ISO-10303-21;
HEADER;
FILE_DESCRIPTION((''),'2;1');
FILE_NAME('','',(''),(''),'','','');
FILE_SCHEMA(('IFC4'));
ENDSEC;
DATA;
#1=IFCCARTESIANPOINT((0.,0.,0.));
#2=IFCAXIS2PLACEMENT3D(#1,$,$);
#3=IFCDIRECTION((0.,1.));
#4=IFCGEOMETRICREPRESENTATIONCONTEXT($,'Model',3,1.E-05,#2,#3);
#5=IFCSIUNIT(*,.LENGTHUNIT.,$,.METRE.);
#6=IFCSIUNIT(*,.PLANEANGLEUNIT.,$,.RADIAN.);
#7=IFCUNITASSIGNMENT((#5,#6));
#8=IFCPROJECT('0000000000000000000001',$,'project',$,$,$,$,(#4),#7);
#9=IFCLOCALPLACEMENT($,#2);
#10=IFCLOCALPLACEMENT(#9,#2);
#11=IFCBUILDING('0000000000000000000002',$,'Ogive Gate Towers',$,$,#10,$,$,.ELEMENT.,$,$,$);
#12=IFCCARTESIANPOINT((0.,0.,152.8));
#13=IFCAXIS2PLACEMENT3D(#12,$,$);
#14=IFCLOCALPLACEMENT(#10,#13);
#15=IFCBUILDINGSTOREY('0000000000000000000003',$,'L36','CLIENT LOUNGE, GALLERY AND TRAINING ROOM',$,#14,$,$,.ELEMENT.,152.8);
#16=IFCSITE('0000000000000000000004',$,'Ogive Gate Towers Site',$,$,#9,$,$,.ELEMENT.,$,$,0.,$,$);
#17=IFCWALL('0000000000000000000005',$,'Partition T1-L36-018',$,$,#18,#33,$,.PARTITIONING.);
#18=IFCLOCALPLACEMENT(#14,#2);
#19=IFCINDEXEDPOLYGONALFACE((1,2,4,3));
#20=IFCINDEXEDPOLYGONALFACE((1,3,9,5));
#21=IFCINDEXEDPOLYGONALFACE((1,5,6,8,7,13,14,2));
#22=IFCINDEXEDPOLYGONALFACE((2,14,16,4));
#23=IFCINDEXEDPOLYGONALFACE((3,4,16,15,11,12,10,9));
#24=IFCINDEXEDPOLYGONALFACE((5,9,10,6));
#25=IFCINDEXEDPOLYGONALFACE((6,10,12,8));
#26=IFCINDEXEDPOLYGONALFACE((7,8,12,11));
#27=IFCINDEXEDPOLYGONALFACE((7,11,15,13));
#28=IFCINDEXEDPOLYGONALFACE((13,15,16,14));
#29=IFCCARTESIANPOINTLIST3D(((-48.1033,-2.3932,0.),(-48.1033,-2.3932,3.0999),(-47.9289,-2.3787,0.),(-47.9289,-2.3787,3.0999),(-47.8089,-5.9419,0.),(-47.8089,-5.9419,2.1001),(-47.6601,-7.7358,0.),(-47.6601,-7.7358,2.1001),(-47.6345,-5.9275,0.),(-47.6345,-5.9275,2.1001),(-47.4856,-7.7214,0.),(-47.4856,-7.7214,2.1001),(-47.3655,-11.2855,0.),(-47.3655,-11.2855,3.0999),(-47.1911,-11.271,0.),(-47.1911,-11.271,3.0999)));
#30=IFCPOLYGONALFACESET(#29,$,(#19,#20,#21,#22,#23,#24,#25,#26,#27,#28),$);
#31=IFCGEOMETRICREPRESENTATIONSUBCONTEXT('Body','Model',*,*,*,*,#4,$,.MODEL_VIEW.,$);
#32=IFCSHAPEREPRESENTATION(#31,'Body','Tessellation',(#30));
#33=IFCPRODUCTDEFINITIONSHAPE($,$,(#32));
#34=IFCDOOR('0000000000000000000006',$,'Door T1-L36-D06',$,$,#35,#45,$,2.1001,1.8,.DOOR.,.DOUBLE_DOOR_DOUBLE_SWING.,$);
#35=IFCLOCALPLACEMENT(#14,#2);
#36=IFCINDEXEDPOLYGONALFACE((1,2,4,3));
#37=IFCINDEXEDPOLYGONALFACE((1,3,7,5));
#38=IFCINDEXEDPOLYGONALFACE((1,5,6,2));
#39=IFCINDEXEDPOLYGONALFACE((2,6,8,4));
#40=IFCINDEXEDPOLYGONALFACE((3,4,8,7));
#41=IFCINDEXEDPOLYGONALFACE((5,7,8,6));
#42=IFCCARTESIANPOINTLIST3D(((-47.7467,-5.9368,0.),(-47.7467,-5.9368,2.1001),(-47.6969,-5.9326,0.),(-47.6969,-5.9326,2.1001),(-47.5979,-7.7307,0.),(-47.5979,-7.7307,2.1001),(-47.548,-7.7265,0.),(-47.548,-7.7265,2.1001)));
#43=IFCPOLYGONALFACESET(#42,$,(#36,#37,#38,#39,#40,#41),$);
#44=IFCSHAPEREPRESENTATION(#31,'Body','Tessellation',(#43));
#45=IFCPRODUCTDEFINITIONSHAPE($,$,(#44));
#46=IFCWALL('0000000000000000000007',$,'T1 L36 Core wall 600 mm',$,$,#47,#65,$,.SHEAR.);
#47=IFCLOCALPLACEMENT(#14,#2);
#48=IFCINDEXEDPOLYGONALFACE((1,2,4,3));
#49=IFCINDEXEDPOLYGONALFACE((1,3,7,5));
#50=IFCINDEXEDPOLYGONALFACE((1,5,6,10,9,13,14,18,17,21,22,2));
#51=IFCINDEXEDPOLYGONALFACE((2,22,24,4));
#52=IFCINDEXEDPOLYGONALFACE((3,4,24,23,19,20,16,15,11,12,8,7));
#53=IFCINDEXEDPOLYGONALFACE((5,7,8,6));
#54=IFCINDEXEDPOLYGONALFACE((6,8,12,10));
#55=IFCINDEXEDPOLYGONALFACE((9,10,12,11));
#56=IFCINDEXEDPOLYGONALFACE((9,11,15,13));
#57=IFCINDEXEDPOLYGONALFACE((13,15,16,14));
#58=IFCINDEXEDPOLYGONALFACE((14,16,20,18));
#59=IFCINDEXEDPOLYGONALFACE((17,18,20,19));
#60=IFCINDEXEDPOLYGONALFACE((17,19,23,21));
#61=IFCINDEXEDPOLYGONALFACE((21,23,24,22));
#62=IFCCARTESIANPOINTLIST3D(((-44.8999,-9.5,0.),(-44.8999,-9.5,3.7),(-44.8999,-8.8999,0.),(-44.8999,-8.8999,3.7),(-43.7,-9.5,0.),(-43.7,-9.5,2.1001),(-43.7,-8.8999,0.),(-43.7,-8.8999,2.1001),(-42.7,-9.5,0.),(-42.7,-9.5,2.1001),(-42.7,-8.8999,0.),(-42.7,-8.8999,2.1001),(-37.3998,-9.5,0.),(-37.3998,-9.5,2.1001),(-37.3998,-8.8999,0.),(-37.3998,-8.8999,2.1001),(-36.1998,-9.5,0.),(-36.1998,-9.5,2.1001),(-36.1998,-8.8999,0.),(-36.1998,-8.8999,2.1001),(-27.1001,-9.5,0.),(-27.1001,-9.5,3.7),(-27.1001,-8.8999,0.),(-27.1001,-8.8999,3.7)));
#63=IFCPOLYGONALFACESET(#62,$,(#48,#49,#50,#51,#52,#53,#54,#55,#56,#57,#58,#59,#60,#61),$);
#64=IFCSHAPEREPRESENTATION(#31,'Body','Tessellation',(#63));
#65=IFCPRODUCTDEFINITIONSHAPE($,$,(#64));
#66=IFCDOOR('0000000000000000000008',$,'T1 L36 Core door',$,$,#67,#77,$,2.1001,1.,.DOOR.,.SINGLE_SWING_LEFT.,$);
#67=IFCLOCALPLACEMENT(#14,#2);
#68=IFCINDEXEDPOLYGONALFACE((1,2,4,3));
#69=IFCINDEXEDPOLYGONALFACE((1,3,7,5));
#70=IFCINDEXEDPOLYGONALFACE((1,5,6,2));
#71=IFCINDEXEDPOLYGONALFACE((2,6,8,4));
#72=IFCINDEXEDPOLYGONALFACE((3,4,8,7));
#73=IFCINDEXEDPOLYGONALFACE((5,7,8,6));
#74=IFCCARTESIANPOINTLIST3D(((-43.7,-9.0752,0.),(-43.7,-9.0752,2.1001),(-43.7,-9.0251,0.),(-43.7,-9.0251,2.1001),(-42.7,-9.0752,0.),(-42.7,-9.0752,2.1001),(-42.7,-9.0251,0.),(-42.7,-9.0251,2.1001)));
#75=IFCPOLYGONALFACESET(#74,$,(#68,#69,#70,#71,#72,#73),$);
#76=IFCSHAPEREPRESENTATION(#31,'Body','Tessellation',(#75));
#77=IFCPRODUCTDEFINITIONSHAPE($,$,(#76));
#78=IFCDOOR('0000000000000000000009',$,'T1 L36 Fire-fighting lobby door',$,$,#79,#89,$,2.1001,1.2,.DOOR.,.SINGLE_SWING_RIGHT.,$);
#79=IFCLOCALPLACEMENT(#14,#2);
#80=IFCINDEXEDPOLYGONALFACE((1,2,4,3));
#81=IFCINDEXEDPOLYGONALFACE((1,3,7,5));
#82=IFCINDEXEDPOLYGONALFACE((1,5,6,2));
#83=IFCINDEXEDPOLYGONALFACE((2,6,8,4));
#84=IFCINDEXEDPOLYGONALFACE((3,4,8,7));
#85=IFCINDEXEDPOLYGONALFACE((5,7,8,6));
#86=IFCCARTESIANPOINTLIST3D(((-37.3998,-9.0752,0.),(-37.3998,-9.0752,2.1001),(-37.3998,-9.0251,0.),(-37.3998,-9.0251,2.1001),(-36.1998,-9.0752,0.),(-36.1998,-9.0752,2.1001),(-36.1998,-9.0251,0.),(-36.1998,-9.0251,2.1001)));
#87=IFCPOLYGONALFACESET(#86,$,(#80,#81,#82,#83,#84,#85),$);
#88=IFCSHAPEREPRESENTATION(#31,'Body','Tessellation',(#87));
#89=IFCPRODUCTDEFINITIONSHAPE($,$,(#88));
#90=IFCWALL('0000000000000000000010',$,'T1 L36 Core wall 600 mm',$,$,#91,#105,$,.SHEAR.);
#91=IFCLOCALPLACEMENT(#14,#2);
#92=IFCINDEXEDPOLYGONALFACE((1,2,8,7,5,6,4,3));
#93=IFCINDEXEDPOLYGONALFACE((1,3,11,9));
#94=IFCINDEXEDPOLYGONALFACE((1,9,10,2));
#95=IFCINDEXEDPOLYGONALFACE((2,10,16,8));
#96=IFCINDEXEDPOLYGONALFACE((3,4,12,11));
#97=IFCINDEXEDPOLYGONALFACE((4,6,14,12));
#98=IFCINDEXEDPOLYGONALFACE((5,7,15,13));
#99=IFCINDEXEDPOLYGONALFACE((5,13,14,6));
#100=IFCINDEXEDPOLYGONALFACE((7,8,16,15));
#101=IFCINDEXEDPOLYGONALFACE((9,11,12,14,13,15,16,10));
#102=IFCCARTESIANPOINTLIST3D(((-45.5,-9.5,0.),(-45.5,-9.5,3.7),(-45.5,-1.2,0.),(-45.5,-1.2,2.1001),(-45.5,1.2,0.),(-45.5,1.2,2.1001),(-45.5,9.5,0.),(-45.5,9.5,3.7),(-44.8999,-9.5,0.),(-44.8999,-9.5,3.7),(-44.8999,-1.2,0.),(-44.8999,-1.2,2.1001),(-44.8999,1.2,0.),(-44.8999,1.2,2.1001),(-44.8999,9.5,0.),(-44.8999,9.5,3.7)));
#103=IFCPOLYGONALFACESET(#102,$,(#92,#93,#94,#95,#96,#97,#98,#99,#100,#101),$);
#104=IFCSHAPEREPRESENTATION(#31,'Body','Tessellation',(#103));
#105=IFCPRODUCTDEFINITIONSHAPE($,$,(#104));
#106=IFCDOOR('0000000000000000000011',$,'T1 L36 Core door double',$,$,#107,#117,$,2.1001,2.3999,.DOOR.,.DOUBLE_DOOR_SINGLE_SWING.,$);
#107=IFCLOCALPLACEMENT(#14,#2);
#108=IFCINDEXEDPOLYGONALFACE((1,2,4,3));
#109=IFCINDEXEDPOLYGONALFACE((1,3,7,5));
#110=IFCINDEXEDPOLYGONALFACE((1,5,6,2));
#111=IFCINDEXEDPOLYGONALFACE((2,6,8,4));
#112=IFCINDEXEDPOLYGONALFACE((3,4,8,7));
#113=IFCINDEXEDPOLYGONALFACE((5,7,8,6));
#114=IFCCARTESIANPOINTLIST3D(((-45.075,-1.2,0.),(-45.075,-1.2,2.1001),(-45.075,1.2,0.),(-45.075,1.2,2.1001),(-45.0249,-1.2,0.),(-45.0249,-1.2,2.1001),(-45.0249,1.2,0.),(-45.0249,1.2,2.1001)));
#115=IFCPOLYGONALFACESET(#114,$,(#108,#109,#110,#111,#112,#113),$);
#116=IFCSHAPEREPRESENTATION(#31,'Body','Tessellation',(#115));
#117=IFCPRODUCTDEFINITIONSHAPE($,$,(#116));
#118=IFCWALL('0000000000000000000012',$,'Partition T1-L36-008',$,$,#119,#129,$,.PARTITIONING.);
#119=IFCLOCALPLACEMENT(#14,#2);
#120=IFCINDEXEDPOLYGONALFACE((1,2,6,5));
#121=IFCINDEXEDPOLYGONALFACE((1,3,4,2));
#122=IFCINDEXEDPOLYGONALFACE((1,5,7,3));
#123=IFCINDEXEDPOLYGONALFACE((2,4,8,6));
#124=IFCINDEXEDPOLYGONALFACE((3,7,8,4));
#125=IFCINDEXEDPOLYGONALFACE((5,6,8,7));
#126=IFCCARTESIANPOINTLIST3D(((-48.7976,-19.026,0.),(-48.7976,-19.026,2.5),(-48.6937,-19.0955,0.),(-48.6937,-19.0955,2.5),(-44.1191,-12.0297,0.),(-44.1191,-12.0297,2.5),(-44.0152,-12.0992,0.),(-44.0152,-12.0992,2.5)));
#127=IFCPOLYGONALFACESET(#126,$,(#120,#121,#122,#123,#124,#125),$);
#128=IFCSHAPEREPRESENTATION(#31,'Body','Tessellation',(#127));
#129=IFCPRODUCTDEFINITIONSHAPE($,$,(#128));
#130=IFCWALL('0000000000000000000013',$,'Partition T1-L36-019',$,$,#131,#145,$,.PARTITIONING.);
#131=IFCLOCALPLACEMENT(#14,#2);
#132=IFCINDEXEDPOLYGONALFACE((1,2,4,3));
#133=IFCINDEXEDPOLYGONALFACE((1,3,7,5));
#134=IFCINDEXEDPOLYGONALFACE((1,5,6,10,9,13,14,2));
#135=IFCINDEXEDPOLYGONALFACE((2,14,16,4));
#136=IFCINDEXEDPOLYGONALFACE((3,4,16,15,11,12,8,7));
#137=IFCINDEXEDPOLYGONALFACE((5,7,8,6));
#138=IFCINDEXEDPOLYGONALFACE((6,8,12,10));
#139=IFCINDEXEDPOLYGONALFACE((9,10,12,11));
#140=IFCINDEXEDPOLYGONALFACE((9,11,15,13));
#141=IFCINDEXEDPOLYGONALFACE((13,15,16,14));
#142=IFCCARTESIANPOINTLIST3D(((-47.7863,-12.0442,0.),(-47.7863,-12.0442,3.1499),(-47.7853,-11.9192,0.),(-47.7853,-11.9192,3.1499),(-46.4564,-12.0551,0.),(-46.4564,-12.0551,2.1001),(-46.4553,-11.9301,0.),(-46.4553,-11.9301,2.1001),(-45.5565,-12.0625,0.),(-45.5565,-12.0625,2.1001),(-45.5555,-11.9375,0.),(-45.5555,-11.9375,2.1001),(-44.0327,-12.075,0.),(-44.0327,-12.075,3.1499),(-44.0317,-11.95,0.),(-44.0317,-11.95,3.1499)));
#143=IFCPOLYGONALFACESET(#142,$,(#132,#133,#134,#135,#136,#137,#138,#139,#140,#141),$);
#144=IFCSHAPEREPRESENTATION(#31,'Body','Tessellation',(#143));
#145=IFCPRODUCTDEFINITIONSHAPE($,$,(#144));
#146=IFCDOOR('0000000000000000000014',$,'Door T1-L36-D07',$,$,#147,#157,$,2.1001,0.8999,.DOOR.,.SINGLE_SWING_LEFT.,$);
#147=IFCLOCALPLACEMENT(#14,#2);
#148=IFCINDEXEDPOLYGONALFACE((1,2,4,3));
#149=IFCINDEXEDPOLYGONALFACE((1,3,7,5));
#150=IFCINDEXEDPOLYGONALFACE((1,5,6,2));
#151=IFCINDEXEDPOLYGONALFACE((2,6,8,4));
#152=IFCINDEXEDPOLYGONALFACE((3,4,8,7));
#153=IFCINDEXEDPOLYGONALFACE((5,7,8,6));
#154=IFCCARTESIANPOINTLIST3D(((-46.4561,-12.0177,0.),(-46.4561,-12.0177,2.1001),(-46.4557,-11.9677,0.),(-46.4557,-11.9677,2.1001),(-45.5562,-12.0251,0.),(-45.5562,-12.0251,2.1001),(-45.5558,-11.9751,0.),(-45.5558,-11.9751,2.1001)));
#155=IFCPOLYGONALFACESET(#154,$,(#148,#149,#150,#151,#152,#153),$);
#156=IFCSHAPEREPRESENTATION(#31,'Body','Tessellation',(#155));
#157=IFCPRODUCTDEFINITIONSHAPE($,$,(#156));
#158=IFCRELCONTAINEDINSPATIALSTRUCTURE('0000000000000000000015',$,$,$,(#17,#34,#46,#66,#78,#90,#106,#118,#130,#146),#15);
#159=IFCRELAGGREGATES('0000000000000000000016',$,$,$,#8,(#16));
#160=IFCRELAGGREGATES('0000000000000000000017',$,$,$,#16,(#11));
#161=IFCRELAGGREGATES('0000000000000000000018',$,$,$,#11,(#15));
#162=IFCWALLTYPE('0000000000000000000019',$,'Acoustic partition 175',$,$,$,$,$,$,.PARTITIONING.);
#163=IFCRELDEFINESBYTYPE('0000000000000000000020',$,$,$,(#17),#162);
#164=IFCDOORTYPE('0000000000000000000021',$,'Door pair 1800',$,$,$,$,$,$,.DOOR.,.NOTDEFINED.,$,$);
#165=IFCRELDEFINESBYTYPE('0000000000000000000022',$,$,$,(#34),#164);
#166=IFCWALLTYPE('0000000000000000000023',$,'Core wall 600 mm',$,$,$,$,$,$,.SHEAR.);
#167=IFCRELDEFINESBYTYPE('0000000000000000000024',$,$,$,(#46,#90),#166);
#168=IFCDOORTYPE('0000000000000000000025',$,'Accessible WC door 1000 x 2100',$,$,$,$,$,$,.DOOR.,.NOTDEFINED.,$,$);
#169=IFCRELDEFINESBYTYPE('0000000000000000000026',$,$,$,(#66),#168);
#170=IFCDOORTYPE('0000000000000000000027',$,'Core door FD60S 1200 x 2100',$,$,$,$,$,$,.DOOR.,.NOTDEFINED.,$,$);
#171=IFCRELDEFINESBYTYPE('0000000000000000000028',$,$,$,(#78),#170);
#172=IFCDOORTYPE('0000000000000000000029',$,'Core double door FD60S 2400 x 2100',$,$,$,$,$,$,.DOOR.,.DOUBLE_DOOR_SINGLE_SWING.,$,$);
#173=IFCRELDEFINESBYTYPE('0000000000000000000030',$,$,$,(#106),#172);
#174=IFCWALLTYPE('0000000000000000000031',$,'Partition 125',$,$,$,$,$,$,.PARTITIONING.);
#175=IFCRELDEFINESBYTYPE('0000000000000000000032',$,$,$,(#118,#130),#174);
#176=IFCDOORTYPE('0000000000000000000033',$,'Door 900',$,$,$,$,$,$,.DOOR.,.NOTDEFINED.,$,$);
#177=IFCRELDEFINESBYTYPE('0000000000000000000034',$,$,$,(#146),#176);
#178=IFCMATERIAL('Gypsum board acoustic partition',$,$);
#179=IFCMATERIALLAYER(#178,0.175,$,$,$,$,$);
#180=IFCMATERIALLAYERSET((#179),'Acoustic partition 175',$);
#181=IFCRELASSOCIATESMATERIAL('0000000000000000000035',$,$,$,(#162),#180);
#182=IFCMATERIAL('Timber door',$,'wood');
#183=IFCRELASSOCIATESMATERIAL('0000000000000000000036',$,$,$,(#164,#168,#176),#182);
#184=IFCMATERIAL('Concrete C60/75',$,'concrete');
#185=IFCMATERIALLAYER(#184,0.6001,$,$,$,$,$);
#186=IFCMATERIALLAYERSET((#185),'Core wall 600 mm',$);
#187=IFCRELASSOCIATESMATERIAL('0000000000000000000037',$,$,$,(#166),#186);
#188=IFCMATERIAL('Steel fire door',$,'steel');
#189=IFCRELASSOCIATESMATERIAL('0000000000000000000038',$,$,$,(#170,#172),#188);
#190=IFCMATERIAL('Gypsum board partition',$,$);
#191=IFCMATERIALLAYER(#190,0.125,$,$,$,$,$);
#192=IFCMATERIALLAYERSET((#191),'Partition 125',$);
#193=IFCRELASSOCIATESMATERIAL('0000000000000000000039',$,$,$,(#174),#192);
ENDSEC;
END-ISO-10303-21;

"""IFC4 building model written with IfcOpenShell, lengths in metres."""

from ifc_helpers import new_model, si_unit, direction, frame, frame_2d, origin, place, context, subcontext, project, spatial, rectangle, extrude, material, layer, layer_set, type_object, element, fill, save


model = new_model("IFC4")

# Units and contexts
model_context = context("Model", 3, precision=1e-05, world=origin(), true_north=direction((0.0, 1.0)))
body_context = subcontext(model_context, "Body", "Model", "MODEL_VIEW")
ifc_project = project(units=[si_unit("LENGTHUNIT", "METRE"), si_unit("PLANEANGLEUNIT", "RADIAN")], contexts=[model_context])

# Site, building, storey
site_placement = place(None, origin())
site = spatial("IfcSite", under=ifc_project, at=site_placement, Name="Ogive Gate Towers Site", CompositionType="ELEMENT", RefElevation=0.0)
building_placement = place(site_placement, origin())
building = spatial("IfcBuilding", under=site, at=building_placement, Name="Ogive Gate Towers", CompositionType="ELEMENT")
storey_placement = place(building_placement, frame((0.0, 0.0, 152.8)))
storey = spatial("IfcBuildingStorey", under=building, at=storey_placement, Name="L36", Description="CLIENT LOUNGE, GALLERY AND TRAINING ROOM", CompositionType="ELEMENT", Elevation=152.8)

# Shared definitions
ifc_material_1 = material(Name="Gypsum board acoustic partition")
ifc_layer_1 = layer(ifc_material_1, 0.175)
ifc_layer_set_1 = layer_set([ifc_layer_1], Name="Acoustic partition 175")
wall_type_1 = type_object("IfcWallType", Name="Acoustic partition 175", PredefinedType="PARTITIONING", material=ifc_layer_set_1)

# Wall, opening, door
wall_1_placement = place(storey_placement, frame((-48.0161, -2.386, 0.0), z_axis=(0.0, 0.0, 1.0), x_axis=(0.082685, -0.996576, 0.0)))
wall_1 = element("IfcWall", 1, at=wall_1_placement, inside=storey, type_object=wall_type_1, Name="Partition T1-L36-018", PredefinedType="PARTITIONING", context=body_context, shape_type="SweptSolid", body=[
    extrude(rectangle(XDim=8.9229, YDim=0.175, at=frame_2d((4.4614, 0.0))), origin(), (0.0, 0.0, 1.0), 3.0999),
])
opening_1_placement = place(wall_1_placement, frame((3.561, 0.0, 0.0)))
opening_1 = element("IfcOpeningElement", 2, at=opening_1_placement, cuts=wall_1, PredefinedType="OPENING", context=body_context, shape_type="SweptSolid", body=[
    extrude(rectangle(XDim=1.8, YDim=2.1001, at=frame_2d((0.8999, 1.05))), frame((0.0, 0.0977, 0.0), z_axis=(0.0, -1.0, 0.0), x_axis=(1.0, 0.0, 0.0)), (0.0, 0.0, 1.0), 0.1951),
])
ifc_material_2 = material(Name="Timber door", Category="wood")
door_type_1 = type_object("IfcDoorType", Name="Door pair 1800", OperationType="NOTDEFINED", PredefinedType="DOOR", material=ifc_material_2)
door_1_placement = place(opening_1_placement, origin())
door_1 = element("IfcDoor", 3, at=door_1_placement, inside=storey, type_object=door_type_1, Name="Door T1-L36-D06", OperationType="DOUBLE_DOOR_DOUBLE_SWING", OverallHeight=2.1001, OverallWidth=1.8, PredefinedType="DOOR", context=body_context, shape_type="SweptSolid", body=[
    extrude(rectangle(XDim=1.8, YDim=2.1001, at=frame_2d((0.8999, 1.05))), frame((0.0, 0.0249, 0.0), z_axis=(0.0, -1.0, 0.0), x_axis=(1.0, 0.0, 0.0)), (0.0, 0.0, 1.0), 0.05),
])
fill(opening_1, door_1)

# Wall, openings, doors
ifc_material_3 = material(Name="Concrete C60/75", Category="concrete")
ifc_layer_2 = layer(ifc_material_3, 0.6001)
ifc_layer_set_2 = layer_set([ifc_layer_2], Name="Core wall 600 mm")
wall_type_2 = type_object("IfcWallType", Name="Core wall 600 mm", PredefinedType="SHEAR", material=ifc_layer_set_2)
wall_2_placement = place(storey_placement, frame((-44.8999, -9.2, 0.0), z_axis=(0.0, 0.0, 1.0), x_axis=(1.0, 0.0, 0.0)))
wall_2 = element("IfcWall", 4, at=wall_2_placement, inside=storey, type_object=wall_type_2, Name="T1 L36 Core wall 600 mm", PredefinedType="SHEAR", context=body_context, shape_type="SweptSolid", body=[
    extrude(rectangle(XDim=17.7998, YDim=0.6001, at=frame_2d((8.8999, 0.0))), origin(), (0.0, 0.0, 1.0), 3.7),
])
opening_2_placement = place(wall_2_placement, frame((7.5, 0.0, 0.0)))
opening_2 = element("IfcOpeningElement", 5, at=opening_2_placement, cuts=wall_2, PredefinedType="OPENING", context=body_context, shape_type="SweptSolid", body=[
    extrude(rectangle(XDim=1.2, YDim=2.1001, at=frame_2d((0.6001, 1.05))), frame((0.0, 0.3101, 0.0), z_axis=(0.0, -1.0, 0.0), x_axis=(1.0, 0.0, 0.0)), (0.0, 0.0, 1.0), 0.6201),
])
opening_3_placement = place(wall_2_placement, frame((1.2, 0.0, 0.0)))
opening_3 = element("IfcOpeningElement", 6, at=opening_3_placement, cuts=wall_2, PredefinedType="OPENING", context=body_context, shape_type="SweptSolid", body=[
    extrude(rectangle(XDim=1.0, YDim=2.1001, at=frame_2d((0.5, 1.05))), frame((0.0, 0.3101, 0.0), z_axis=(0.0, -1.0, 0.0), x_axis=(1.0, 0.0, 0.0)), (0.0, 0.0, 1.0), 0.6201),
])
door_type_2 = type_object("IfcDoorType", Name="Accessible WC door 1000 x 2100", OperationType="NOTDEFINED", PredefinedType="DOOR", material=ifc_material_2)
door_2_placement = place(opening_3_placement, origin())
door_2 = element("IfcDoor", 7, at=door_2_placement, inside=storey, type_object=door_type_2, Name="T1 L36 Core door", OperationType="SINGLE_SWING_LEFT", OverallHeight=2.1001, OverallWidth=1.0, PredefinedType="DOOR", context=body_context, shape_type="SweptSolid", body=[
    extrude(rectangle(XDim=1.0, YDim=2.1001, at=frame_2d((0.5, 1.05))), frame((0.0, 0.1748, 0.0), z_axis=(0.0, -1.0, 0.0), x_axis=(1.0, 0.0, 0.0)), (0.0, 0.0, 1.0), 0.05),
])
fill(opening_3, door_2)
ifc_material_4 = material(Name="Steel fire door", Category="steel")
door_type_3 = type_object("IfcDoorType", Name="Core door FD60S 1200 x 2100", OperationType="NOTDEFINED", PredefinedType="DOOR", material=ifc_material_4)
door_3_placement = place(opening_2_placement, origin())
door_3 = element("IfcDoor", 8, at=door_3_placement, inside=storey, type_object=door_type_3, Name="T1 L36 Fire-fighting lobby door", OperationType="SINGLE_SWING_RIGHT", OverallHeight=2.1001, OverallWidth=1.2, PredefinedType="DOOR", context=body_context, shape_type="SweptSolid", body=[
    extrude(rectangle(XDim=1.2, YDim=2.1001, at=frame_2d((0.6001, 1.05))), frame((0.0, 0.1748, 0.0), z_axis=(0.0, -1.0, 0.0), x_axis=(1.0, 0.0, 0.0)), (0.0, 0.0, 1.0), 0.05),
])
fill(opening_2, door_3)

# Wall, opening, door
wall_3_placement = place(storey_placement, frame((-45.2, -9.5, 0.0), z_axis=(0.0, 0.0, 1.0), x_axis=(0.0, 1.0, 0.0)))
wall_3 = element("IfcWall", 9, at=wall_3_placement, inside=storey, type_object=wall_type_2, Name="T1 L36 Core wall 600 mm", PredefinedType="SHEAR", context=body_context, shape_type="SweptSolid", body=[
    extrude(rectangle(XDim=19.0, YDim=0.6001, at=frame_2d((9.5, 0.0))), origin(), (0.0, 0.0, 1.0), 3.7),
])
opening_4_placement = place(wall_3_placement, frame((8.3, 0.0, 0.0)))
opening_4 = element("IfcOpeningElement", 10, at=opening_4_placement, cuts=wall_3, PredefinedType="OPENING", context=body_context, shape_type="SweptSolid", body=[
    extrude(rectangle(XDim=2.3999, YDim=2.1001, at=frame_2d((1.2, 1.05))), frame((0.0, 0.3101, 0.0), z_axis=(0.0, -1.0, 0.0), x_axis=(1.0, 0.0, 0.0)), (0.0, 0.0, 1.0), 0.6201),
])
door_type_4 = type_object("IfcDoorType", Name="Core double door FD60S 2400 x 2100", OperationType="DOUBLE_DOOR_SINGLE_SWING", PredefinedType="DOOR", material=ifc_material_4)
door_4_placement = place(opening_4_placement, origin())
door_4 = element("IfcDoor", 11, at=door_4_placement, inside=storey, type_object=door_type_4, Name="T1 L36 Core door double", OperationType="DOUBLE_DOOR_SINGLE_SWING", OverallHeight=2.1001, OverallWidth=2.3999, PredefinedType="DOOR", context=body_context, shape_type="SweptSolid", body=[
    extrude(rectangle(XDim=2.3999, YDim=2.1001, at=frame_2d((1.2, 1.05))), frame((0.0, -0.125, 0.0), z_axis=(0.0, -1.0, 0.0), x_axis=(1.0, 0.0, 0.0)), (0.0, 0.0, 1.0), 0.05),
])
fill(opening_4, door_4)

# Wall
ifc_material_5 = material(Name="Gypsum board partition")
ifc_layer_3 = layer(ifc_material_5, 0.125)
ifc_layer_set_3 = layer_set([ifc_layer_3], Name="Partition 125")
wall_type_3 = type_object("IfcWallType", Name="Partition 125", PredefinedType="PARTITIONING", material=ifc_layer_set_3)
wall_4_placement = place(storey_placement, frame((-48.7456, -19.0608, 0.0), z_axis=(0.0, 0.0, 1.0), x_axis=(0.555871, 0.831268, 0.0)))
element("IfcWall", 12, at=wall_4_placement, inside=storey, type_object=wall_type_3, Name="Partition T1-L36-008", PredefinedType="PARTITIONING", context=body_context, shape_type="SweptSolid", body=[
    extrude(rectangle(XDim=8.4165, YDim=0.125, at=frame_2d((4.2083, 0.0))), origin(), (0.0, 0.0, 1.0), 2.5),
])

# Wall, opening, door
wall_5_placement = place(storey_placement, frame((-47.7859, -11.9817, 0.0), z_axis=(0.0, 0.0, 1.0), x_axis=(0.999966, -0.008195, 0.0)))
wall_5 = element("IfcWall", 13, at=wall_5_placement, inside=storey, type_object=wall_type_3, Name="Partition T1-L36-019", PredefinedType="PARTITIONING", context=body_context, shape_type="SweptSolid", body=[
    extrude(rectangle(XDim=3.7537, YDim=0.125, at=frame_2d((1.877, 0.0))), origin(), (0.0, 0.0, 1.0), 3.1499),
])
opening_5_placement = place(wall_5_placement, frame((1.3301, 0.0, 0.0)))
opening_5 = element("IfcOpeningElement", 14, at=opening_5_placement, cuts=wall_5, PredefinedType="OPENING", context=body_context, shape_type="SweptSolid", body=[
    extrude(rectangle(XDim=0.8999, YDim=2.1001, at=frame_2d((0.45, 1.05))), frame((0.0, 0.0725, 0.0), z_axis=(0.0, -1.0, 0.0), x_axis=(1.0, 0.0, 0.0)), (0.0, 0.0, 1.0), 0.145),
])
door_type_5 = type_object("IfcDoorType", Name="Door 900", OperationType="NOTDEFINED", PredefinedType="DOOR", material=ifc_material_2)
door_5_placement = place(opening_5_placement, origin())
door_5 = element("IfcDoor", 15, at=door_5_placement, inside=storey, type_object=door_type_5, Name="Door T1-L36-D07", OperationType="SINGLE_SWING_LEFT", OverallHeight=2.1001, OverallWidth=0.8999, PredefinedType="DOOR", context=body_context, shape_type="SweptSolid", body=[
    extrude(rectangle(XDim=0.8999, YDim=2.1001, at=frame_2d((0.45, 1.05))), frame((0.0, 0.0249, 0.0), z_axis=(0.0, -1.0, 0.0), x_axis=(1.0, 0.0, 0.0)), (0.0, 0.0, 1.0), 0.05),
])
fill(opening_5, door_5)

save(model, "model.ifc")
